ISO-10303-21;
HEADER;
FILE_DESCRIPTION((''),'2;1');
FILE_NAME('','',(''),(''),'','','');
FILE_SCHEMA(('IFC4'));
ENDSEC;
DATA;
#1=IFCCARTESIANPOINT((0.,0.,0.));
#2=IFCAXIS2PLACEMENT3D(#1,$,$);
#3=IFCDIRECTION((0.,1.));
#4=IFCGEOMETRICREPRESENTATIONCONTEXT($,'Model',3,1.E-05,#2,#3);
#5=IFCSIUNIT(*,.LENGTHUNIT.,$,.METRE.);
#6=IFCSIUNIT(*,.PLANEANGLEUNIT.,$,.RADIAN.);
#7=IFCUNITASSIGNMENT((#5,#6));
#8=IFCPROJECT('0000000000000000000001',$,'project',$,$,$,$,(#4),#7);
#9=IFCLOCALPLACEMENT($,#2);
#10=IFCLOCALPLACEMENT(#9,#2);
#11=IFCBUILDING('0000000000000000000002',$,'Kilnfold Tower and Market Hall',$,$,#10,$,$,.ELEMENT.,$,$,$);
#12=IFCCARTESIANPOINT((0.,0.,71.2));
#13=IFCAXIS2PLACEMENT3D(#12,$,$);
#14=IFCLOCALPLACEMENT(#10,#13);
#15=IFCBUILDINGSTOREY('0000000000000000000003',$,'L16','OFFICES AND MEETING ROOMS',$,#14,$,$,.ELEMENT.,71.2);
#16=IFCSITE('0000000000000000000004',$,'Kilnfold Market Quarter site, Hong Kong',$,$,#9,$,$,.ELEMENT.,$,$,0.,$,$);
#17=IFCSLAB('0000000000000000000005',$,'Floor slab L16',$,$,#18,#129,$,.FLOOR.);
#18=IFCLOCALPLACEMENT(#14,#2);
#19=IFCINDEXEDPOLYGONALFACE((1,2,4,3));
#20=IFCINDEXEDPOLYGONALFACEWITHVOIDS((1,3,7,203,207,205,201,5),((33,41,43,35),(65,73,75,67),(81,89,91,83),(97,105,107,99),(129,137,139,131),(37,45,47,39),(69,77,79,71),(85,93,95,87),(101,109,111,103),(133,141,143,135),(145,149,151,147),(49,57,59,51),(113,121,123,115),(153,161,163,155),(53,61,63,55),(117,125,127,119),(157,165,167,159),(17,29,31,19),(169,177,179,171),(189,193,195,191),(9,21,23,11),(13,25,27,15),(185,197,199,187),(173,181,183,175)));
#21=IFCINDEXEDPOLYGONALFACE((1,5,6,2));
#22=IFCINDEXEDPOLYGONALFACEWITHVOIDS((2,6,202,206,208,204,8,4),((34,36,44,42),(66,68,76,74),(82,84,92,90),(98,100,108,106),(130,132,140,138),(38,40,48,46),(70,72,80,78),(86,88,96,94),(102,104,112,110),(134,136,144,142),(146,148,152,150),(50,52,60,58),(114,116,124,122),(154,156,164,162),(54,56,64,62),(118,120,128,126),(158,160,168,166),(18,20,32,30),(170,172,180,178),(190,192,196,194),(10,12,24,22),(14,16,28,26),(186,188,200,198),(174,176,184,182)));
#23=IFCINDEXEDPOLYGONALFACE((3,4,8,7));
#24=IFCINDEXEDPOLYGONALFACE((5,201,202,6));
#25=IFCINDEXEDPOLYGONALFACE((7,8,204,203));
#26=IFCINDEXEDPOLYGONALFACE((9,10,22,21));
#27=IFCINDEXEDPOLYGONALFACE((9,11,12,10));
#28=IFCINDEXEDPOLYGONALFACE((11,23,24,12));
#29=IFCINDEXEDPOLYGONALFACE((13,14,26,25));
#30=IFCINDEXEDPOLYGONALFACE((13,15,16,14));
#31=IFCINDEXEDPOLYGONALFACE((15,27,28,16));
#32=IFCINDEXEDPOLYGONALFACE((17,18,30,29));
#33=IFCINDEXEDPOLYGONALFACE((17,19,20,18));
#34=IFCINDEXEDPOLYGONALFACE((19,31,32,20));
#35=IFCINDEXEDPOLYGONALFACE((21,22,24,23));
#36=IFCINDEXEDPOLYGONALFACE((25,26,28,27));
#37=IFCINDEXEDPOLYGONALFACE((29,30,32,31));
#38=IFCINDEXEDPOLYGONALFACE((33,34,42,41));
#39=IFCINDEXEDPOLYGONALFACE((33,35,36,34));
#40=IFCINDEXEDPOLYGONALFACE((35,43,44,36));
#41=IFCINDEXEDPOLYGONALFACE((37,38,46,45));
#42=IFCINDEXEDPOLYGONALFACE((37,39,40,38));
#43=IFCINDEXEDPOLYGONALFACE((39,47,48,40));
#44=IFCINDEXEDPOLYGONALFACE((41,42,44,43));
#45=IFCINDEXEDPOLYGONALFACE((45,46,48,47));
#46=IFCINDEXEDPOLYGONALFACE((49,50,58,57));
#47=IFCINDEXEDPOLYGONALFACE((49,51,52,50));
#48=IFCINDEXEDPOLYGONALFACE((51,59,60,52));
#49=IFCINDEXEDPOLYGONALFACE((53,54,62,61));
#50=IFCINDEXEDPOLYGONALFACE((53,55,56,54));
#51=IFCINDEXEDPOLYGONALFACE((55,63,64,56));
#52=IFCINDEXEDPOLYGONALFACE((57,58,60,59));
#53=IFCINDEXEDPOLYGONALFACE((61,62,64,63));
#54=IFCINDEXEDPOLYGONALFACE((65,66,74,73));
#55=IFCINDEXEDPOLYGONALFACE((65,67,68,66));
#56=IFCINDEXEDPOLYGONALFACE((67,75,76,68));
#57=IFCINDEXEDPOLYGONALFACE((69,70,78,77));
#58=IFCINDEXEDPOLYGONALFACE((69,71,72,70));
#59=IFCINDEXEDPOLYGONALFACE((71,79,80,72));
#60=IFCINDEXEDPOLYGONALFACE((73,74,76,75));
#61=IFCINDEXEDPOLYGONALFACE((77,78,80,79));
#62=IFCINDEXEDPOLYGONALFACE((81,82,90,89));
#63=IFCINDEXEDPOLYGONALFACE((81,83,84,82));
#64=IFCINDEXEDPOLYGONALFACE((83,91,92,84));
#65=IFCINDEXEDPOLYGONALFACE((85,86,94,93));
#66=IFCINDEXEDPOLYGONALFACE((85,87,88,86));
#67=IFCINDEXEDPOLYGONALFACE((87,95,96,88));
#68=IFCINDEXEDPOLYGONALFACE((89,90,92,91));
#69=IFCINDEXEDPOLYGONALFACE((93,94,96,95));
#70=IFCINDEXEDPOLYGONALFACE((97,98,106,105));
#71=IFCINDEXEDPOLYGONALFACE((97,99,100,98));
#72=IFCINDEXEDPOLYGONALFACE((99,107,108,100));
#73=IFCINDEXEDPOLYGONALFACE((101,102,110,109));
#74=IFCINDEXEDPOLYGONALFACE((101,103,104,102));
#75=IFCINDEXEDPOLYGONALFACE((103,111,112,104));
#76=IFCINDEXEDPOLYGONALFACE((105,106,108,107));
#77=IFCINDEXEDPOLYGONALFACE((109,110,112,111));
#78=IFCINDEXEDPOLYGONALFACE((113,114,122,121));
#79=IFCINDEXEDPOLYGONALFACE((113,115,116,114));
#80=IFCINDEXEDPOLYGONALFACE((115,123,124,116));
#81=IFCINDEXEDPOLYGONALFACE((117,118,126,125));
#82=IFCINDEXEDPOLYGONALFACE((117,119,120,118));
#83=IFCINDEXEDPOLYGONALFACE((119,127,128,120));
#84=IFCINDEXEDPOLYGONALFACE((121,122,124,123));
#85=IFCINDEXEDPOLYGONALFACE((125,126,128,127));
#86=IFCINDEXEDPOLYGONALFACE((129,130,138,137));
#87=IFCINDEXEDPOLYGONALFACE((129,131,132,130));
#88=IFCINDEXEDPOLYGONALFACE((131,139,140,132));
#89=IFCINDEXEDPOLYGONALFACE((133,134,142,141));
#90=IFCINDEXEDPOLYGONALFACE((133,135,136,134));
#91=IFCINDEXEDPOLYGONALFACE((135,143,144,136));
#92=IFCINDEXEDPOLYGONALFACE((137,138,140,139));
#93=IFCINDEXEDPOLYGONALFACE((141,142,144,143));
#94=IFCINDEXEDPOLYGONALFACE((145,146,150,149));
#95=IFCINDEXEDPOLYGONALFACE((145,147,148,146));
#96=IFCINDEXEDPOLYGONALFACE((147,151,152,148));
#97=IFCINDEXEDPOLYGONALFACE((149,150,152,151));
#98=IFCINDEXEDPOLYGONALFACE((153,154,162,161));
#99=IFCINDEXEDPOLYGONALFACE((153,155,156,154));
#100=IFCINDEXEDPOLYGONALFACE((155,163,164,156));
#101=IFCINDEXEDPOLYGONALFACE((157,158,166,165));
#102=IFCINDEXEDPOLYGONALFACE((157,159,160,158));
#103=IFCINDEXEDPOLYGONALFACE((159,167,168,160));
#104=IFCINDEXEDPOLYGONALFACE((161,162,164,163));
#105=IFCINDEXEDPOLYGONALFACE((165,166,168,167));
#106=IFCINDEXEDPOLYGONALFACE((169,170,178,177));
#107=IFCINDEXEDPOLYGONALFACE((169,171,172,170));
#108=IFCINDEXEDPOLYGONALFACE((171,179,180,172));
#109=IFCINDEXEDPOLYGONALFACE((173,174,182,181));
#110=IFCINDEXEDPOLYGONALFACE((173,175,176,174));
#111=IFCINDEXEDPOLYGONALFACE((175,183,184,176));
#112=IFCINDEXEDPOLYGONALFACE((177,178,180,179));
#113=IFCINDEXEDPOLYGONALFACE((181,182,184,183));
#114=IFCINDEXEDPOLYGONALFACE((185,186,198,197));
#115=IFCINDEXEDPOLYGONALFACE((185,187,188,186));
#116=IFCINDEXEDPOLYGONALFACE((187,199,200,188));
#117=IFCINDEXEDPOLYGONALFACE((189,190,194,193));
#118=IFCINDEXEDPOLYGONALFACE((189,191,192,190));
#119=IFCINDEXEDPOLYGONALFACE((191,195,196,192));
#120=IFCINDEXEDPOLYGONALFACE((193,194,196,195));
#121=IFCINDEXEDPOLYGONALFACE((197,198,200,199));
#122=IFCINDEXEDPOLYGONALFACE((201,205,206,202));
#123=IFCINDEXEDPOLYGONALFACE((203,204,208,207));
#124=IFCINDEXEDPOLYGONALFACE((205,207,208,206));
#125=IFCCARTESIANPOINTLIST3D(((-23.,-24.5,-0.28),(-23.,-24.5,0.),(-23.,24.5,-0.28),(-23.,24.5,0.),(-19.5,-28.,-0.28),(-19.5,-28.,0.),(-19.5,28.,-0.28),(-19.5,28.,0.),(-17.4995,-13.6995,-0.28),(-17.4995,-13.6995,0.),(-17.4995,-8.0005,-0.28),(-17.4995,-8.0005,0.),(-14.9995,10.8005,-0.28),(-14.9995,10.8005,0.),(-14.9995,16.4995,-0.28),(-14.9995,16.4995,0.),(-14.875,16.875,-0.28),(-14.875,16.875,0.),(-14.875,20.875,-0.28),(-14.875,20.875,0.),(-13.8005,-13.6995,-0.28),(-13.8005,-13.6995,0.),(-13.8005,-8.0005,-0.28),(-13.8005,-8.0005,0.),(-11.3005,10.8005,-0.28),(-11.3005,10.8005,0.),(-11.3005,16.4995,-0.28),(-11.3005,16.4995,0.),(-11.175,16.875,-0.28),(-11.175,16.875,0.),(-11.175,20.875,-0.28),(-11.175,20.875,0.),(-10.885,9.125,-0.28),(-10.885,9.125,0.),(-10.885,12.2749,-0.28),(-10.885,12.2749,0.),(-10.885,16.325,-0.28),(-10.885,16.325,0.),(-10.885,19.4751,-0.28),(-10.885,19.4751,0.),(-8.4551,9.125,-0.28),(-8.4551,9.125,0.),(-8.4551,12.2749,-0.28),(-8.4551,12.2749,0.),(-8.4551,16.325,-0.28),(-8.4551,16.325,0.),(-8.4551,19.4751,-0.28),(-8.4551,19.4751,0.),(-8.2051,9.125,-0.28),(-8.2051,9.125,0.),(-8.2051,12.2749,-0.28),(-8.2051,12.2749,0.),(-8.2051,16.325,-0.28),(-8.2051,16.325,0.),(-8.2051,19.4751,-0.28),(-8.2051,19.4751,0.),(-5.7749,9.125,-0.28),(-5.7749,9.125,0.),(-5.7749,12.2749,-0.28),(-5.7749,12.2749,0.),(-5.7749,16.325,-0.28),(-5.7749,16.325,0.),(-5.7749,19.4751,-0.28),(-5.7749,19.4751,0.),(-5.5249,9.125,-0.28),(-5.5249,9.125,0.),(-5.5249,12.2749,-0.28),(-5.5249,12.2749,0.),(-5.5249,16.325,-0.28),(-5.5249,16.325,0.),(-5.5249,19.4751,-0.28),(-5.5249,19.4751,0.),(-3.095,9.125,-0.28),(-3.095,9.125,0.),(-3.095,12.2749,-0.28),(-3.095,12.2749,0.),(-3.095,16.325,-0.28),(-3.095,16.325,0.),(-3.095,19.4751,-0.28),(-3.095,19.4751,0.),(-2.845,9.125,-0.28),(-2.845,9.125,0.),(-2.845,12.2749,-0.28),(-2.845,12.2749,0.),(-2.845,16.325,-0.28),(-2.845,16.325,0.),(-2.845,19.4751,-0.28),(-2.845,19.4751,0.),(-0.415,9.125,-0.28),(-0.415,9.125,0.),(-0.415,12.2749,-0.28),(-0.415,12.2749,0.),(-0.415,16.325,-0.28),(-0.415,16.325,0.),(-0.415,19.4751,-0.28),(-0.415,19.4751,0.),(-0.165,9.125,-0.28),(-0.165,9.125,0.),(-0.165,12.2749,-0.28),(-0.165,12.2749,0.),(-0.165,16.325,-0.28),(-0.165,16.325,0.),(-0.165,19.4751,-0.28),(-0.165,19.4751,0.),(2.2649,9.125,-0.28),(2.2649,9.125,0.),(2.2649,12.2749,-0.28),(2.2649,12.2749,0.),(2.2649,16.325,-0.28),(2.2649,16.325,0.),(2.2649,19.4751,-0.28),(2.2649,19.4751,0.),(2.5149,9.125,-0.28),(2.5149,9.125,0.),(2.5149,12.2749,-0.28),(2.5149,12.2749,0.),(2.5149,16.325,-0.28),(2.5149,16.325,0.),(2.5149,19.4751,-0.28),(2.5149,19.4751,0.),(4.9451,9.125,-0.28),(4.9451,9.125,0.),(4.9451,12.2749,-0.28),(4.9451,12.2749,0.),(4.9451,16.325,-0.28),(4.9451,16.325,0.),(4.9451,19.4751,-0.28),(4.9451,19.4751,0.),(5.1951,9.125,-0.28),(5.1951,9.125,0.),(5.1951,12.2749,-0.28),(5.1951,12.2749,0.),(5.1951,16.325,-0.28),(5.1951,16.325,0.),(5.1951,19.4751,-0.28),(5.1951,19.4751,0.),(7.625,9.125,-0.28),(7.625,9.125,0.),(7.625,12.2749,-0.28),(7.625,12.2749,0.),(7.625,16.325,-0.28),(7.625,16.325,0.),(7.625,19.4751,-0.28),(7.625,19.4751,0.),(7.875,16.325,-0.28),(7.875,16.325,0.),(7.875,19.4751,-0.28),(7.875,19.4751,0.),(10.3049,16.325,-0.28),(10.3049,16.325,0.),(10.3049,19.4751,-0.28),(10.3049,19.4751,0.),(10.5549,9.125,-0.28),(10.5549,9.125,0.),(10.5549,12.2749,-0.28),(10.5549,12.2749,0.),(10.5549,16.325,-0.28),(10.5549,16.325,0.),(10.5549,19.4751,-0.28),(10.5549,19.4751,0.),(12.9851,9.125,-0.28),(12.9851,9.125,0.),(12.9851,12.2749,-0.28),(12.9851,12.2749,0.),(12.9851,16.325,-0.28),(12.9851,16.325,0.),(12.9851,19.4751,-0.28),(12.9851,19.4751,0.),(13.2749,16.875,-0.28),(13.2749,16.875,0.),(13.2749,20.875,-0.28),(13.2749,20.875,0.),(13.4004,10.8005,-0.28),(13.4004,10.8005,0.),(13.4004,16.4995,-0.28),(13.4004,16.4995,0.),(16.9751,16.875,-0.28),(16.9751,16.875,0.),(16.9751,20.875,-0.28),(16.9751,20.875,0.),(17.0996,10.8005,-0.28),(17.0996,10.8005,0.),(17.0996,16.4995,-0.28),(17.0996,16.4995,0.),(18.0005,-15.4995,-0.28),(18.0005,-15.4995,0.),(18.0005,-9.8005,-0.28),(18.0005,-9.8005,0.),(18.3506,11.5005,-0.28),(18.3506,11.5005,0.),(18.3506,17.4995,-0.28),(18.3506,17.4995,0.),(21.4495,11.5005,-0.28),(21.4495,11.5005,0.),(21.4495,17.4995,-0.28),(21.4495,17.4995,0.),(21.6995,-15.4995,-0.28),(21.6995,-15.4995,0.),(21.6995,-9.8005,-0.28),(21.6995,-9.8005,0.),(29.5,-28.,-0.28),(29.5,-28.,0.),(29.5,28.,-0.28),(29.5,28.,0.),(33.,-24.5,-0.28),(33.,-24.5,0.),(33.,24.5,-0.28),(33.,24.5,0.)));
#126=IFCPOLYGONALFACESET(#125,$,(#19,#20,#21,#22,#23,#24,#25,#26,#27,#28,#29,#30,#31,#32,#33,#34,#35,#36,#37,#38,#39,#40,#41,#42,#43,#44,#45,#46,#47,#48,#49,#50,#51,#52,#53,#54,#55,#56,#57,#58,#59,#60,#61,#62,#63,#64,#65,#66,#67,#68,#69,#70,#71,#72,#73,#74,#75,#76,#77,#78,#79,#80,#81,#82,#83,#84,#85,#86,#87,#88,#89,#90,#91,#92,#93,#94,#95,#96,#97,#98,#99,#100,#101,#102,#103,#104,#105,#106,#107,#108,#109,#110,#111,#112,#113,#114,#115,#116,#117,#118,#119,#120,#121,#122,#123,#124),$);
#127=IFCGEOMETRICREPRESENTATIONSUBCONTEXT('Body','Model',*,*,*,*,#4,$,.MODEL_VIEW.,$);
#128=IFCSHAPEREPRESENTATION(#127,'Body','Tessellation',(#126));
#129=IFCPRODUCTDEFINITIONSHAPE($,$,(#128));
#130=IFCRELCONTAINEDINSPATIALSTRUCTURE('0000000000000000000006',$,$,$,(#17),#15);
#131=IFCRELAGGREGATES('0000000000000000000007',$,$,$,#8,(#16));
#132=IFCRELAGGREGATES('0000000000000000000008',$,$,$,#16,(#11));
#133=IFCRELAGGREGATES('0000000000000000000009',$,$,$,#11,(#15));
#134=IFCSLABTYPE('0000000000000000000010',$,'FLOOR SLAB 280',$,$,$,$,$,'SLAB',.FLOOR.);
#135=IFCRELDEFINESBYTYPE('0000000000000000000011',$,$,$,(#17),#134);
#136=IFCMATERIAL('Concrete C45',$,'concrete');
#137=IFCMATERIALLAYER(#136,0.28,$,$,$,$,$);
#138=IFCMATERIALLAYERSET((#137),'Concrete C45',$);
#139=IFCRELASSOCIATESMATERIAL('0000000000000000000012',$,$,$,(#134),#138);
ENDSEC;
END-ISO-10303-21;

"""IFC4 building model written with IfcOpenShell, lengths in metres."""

from ifc_helpers import new_model, si_unit, direction, frame, origin, place, context, subcontext, project, spatial, polyline, outline, extrude, source, transform, mapped, material, layer, layer_set, type_object, element, save


model = new_model("IFC4")

# Units and contexts
model_context = context("Model", 3, precision=1e-05, world=origin(), true_north=direction((0.0, 1.0)))
body_context = subcontext(model_context, "Body", "Model", "MODEL_VIEW")
ifc_project = project(units=[si_unit("LENGTHUNIT", "METRE"), si_unit("PLANEANGLEUNIT", "RADIAN")], contexts=[model_context])

# Site, building, storey
site_placement = place(None, origin())
site = spatial("IfcSite", under=ifc_project, at=site_placement, Name="Kilnfold Market Quarter site, Hong Kong", CompositionType="ELEMENT", RefElevation=0.0)
building_placement = place(site_placement, origin())
building = spatial("IfcBuilding", under=site, at=building_placement, Name="Kilnfold Tower and Market Hall", CompositionType="ELEMENT")
storey_placement = place(building_placement, frame((0.0, 0.0, 71.2)))
storey = spatial("IfcBuildingStorey", under=building, at=storey_placement, Name="L16", Description="OFFICES AND MEETING ROOMS", CompositionType="ELEMENT", Elevation=71.2)

# Slab
ifc_material_1 = material(Name="Concrete C45", Category="concrete")
ifc_layer_1 = layer(ifc_material_1, 0.28)
ifc_layer_set_1 = layer_set([ifc_layer_1], Name="Concrete C45")
slab_type_1 = type_object("IfcSlabType", Name="FLOOR SLAB 280", ElementType="SLAB", PredefinedType="FLOOR", material=ifc_layer_set_1)
shared_shape_1 = source(origin(), body_context, "Body", "SweptSolid", [
    extrude(outline(polyline([(-19.5, -28.0), (29.5, -28.0), (33.0, -24.5), (33.0, 24.5), (29.5, 28.0), (-19.5, 28.0), (-23.0, 24.5), (-23.0, -24.5), (-19.5, -28.0)]), holes=[polyline([(-13.8005, -13.6995), (-17.4995, -13.6995), (-17.4995, -8.0005), (-13.8005, -8.0005), (-13.8005, -13.6995)]), polyline([(-14.9995, 10.8005), (-14.9995, 16.4995), (-11.3005, 16.4995), (-11.3005, 10.8005), (-14.9995, 10.8005)]), polyline([(-14.875, 16.875), (-14.875, 20.875), (-11.175, 20.875), (-11.175, 16.875), (-14.875, 16.875)]), polyline([(-10.885, 9.125), (-10.885, 12.2749), (-8.4551, 12.2749), (-8.4551, 9.125), (-10.885, 9.125)]), polyline([(-8.4551, 16.325), (-10.885, 16.325), (-10.885, 19.4751), (-8.4551, 19.4751), (-8.4551, 16.325)]), polyline([(-8.2051, 9.125), (-8.2051, 12.2749), (-5.7749, 12.2749), (-5.7749, 9.125), (-8.2051, 9.125)]), polyline([(-8.2051, 16.325), (-8.2051, 19.4751), (-5.7749, 19.4751), (-5.7749, 16.325), (-8.2051, 16.325)]), polyline([(-3.095, 9.125), (-5.5249, 9.125), (-5.5249, 12.2749), (-3.095, 12.2749), (-3.095, 9.125)]), polyline([(-5.5249, 16.325), (-5.5249, 19.4751), (-3.095, 19.4751), (-3.095, 16.325), (-5.5249, 16.325)]), polyline([(-2.845, 9.125), (-2.845, 12.2749), (-0.415, 12.2749), (-0.415, 9.125), (-2.845, 9.125)]), polyline([(-0.415, 16.325), (-2.845, 16.325), (-2.845, 19.4751), (-0.415, 19.4751), (-0.415, 16.325)]), polyline([(-0.165, 9.125), (-0.165, 12.2749), (2.2649, 12.2749), (2.2649, 9.125), (-0.165, 9.125)]), polyline([(-0.165, 16.325), (-0.165, 19.4751), (2.2649, 19.4751), (2.2649, 16.325), (-0.165, 16.325)]), polyline([(2.5149, 9.125), (2.5149, 12.2749), (4.9451, 12.2749), (4.9451, 9.125), (2.5149, 9.125)]), polyline([(2.5149, 16.325), (2.5149, 19.4751), (4.9451, 19.4751), (4.9451, 16.325), (2.5149, 16.325)]), polyline([(7.625, 9.125), (5.1951, 9.125), (5.1951, 12.2749), (7.625, 12.2749), (7.625, 9.125)]), polyline([(5.1951, 16.325), (5.1951, 19.4751), (7.625, 19.4751), (7.625, 16.325), (5.1951, 16.325)]), polyline([(10.3049, 16.325), (7.875, 16.325), (7.875, 19.4751), (10.3049, 19.4751), (10.3049, 16.325)]), polyline([(10.5549, 9.125), (10.5549, 12.2749), (12.9851, 12.2749), (12.9851, 9.125), (10.5549, 9.125)]), polyline([(10.5549, 16.325), (10.5549, 19.4751), (12.9851, 19.4751), (12.9851, 16.325), (10.5549, 16.325)]), polyline([(13.2749, 16.875), (13.2749, 20.875), (16.9751, 20.875), (16.9751, 16.875), (13.2749, 16.875)]), polyline([(13.4004, 10.8005), (13.4004, 16.4995), (17.0996, 16.4995), (17.0996, 10.8005), (13.4004, 10.8005)]), polyline([(18.0005, -9.8005), (21.6995, -9.8005), (21.6995, -15.4995), (18.0005, -15.4995), (18.0005, -9.8005)]), polyline([(21.4495, 11.5005), (18.3506, 11.5005), (18.3506, 17.4995), (21.4495, 17.4995), (21.4495, 11.5005)])]), origin(), (0.0, 0.0, 1.0), 0.28),
])
slab_1_placement = place(storey_placement, frame((0.0, 0.0, -0.28)))
element("IfcSlab", 1, at=slab_1_placement, inside=storey, type_object=slab_type_1, Name="Floor slab L16", PredefinedType="FLOOR", context=body_context, shape_type="MappedRepresentation", body=[
    mapped(shared_shape_1, transform((0.0, 0.0, 0.0))),
])

save(model, "model.ifc")
